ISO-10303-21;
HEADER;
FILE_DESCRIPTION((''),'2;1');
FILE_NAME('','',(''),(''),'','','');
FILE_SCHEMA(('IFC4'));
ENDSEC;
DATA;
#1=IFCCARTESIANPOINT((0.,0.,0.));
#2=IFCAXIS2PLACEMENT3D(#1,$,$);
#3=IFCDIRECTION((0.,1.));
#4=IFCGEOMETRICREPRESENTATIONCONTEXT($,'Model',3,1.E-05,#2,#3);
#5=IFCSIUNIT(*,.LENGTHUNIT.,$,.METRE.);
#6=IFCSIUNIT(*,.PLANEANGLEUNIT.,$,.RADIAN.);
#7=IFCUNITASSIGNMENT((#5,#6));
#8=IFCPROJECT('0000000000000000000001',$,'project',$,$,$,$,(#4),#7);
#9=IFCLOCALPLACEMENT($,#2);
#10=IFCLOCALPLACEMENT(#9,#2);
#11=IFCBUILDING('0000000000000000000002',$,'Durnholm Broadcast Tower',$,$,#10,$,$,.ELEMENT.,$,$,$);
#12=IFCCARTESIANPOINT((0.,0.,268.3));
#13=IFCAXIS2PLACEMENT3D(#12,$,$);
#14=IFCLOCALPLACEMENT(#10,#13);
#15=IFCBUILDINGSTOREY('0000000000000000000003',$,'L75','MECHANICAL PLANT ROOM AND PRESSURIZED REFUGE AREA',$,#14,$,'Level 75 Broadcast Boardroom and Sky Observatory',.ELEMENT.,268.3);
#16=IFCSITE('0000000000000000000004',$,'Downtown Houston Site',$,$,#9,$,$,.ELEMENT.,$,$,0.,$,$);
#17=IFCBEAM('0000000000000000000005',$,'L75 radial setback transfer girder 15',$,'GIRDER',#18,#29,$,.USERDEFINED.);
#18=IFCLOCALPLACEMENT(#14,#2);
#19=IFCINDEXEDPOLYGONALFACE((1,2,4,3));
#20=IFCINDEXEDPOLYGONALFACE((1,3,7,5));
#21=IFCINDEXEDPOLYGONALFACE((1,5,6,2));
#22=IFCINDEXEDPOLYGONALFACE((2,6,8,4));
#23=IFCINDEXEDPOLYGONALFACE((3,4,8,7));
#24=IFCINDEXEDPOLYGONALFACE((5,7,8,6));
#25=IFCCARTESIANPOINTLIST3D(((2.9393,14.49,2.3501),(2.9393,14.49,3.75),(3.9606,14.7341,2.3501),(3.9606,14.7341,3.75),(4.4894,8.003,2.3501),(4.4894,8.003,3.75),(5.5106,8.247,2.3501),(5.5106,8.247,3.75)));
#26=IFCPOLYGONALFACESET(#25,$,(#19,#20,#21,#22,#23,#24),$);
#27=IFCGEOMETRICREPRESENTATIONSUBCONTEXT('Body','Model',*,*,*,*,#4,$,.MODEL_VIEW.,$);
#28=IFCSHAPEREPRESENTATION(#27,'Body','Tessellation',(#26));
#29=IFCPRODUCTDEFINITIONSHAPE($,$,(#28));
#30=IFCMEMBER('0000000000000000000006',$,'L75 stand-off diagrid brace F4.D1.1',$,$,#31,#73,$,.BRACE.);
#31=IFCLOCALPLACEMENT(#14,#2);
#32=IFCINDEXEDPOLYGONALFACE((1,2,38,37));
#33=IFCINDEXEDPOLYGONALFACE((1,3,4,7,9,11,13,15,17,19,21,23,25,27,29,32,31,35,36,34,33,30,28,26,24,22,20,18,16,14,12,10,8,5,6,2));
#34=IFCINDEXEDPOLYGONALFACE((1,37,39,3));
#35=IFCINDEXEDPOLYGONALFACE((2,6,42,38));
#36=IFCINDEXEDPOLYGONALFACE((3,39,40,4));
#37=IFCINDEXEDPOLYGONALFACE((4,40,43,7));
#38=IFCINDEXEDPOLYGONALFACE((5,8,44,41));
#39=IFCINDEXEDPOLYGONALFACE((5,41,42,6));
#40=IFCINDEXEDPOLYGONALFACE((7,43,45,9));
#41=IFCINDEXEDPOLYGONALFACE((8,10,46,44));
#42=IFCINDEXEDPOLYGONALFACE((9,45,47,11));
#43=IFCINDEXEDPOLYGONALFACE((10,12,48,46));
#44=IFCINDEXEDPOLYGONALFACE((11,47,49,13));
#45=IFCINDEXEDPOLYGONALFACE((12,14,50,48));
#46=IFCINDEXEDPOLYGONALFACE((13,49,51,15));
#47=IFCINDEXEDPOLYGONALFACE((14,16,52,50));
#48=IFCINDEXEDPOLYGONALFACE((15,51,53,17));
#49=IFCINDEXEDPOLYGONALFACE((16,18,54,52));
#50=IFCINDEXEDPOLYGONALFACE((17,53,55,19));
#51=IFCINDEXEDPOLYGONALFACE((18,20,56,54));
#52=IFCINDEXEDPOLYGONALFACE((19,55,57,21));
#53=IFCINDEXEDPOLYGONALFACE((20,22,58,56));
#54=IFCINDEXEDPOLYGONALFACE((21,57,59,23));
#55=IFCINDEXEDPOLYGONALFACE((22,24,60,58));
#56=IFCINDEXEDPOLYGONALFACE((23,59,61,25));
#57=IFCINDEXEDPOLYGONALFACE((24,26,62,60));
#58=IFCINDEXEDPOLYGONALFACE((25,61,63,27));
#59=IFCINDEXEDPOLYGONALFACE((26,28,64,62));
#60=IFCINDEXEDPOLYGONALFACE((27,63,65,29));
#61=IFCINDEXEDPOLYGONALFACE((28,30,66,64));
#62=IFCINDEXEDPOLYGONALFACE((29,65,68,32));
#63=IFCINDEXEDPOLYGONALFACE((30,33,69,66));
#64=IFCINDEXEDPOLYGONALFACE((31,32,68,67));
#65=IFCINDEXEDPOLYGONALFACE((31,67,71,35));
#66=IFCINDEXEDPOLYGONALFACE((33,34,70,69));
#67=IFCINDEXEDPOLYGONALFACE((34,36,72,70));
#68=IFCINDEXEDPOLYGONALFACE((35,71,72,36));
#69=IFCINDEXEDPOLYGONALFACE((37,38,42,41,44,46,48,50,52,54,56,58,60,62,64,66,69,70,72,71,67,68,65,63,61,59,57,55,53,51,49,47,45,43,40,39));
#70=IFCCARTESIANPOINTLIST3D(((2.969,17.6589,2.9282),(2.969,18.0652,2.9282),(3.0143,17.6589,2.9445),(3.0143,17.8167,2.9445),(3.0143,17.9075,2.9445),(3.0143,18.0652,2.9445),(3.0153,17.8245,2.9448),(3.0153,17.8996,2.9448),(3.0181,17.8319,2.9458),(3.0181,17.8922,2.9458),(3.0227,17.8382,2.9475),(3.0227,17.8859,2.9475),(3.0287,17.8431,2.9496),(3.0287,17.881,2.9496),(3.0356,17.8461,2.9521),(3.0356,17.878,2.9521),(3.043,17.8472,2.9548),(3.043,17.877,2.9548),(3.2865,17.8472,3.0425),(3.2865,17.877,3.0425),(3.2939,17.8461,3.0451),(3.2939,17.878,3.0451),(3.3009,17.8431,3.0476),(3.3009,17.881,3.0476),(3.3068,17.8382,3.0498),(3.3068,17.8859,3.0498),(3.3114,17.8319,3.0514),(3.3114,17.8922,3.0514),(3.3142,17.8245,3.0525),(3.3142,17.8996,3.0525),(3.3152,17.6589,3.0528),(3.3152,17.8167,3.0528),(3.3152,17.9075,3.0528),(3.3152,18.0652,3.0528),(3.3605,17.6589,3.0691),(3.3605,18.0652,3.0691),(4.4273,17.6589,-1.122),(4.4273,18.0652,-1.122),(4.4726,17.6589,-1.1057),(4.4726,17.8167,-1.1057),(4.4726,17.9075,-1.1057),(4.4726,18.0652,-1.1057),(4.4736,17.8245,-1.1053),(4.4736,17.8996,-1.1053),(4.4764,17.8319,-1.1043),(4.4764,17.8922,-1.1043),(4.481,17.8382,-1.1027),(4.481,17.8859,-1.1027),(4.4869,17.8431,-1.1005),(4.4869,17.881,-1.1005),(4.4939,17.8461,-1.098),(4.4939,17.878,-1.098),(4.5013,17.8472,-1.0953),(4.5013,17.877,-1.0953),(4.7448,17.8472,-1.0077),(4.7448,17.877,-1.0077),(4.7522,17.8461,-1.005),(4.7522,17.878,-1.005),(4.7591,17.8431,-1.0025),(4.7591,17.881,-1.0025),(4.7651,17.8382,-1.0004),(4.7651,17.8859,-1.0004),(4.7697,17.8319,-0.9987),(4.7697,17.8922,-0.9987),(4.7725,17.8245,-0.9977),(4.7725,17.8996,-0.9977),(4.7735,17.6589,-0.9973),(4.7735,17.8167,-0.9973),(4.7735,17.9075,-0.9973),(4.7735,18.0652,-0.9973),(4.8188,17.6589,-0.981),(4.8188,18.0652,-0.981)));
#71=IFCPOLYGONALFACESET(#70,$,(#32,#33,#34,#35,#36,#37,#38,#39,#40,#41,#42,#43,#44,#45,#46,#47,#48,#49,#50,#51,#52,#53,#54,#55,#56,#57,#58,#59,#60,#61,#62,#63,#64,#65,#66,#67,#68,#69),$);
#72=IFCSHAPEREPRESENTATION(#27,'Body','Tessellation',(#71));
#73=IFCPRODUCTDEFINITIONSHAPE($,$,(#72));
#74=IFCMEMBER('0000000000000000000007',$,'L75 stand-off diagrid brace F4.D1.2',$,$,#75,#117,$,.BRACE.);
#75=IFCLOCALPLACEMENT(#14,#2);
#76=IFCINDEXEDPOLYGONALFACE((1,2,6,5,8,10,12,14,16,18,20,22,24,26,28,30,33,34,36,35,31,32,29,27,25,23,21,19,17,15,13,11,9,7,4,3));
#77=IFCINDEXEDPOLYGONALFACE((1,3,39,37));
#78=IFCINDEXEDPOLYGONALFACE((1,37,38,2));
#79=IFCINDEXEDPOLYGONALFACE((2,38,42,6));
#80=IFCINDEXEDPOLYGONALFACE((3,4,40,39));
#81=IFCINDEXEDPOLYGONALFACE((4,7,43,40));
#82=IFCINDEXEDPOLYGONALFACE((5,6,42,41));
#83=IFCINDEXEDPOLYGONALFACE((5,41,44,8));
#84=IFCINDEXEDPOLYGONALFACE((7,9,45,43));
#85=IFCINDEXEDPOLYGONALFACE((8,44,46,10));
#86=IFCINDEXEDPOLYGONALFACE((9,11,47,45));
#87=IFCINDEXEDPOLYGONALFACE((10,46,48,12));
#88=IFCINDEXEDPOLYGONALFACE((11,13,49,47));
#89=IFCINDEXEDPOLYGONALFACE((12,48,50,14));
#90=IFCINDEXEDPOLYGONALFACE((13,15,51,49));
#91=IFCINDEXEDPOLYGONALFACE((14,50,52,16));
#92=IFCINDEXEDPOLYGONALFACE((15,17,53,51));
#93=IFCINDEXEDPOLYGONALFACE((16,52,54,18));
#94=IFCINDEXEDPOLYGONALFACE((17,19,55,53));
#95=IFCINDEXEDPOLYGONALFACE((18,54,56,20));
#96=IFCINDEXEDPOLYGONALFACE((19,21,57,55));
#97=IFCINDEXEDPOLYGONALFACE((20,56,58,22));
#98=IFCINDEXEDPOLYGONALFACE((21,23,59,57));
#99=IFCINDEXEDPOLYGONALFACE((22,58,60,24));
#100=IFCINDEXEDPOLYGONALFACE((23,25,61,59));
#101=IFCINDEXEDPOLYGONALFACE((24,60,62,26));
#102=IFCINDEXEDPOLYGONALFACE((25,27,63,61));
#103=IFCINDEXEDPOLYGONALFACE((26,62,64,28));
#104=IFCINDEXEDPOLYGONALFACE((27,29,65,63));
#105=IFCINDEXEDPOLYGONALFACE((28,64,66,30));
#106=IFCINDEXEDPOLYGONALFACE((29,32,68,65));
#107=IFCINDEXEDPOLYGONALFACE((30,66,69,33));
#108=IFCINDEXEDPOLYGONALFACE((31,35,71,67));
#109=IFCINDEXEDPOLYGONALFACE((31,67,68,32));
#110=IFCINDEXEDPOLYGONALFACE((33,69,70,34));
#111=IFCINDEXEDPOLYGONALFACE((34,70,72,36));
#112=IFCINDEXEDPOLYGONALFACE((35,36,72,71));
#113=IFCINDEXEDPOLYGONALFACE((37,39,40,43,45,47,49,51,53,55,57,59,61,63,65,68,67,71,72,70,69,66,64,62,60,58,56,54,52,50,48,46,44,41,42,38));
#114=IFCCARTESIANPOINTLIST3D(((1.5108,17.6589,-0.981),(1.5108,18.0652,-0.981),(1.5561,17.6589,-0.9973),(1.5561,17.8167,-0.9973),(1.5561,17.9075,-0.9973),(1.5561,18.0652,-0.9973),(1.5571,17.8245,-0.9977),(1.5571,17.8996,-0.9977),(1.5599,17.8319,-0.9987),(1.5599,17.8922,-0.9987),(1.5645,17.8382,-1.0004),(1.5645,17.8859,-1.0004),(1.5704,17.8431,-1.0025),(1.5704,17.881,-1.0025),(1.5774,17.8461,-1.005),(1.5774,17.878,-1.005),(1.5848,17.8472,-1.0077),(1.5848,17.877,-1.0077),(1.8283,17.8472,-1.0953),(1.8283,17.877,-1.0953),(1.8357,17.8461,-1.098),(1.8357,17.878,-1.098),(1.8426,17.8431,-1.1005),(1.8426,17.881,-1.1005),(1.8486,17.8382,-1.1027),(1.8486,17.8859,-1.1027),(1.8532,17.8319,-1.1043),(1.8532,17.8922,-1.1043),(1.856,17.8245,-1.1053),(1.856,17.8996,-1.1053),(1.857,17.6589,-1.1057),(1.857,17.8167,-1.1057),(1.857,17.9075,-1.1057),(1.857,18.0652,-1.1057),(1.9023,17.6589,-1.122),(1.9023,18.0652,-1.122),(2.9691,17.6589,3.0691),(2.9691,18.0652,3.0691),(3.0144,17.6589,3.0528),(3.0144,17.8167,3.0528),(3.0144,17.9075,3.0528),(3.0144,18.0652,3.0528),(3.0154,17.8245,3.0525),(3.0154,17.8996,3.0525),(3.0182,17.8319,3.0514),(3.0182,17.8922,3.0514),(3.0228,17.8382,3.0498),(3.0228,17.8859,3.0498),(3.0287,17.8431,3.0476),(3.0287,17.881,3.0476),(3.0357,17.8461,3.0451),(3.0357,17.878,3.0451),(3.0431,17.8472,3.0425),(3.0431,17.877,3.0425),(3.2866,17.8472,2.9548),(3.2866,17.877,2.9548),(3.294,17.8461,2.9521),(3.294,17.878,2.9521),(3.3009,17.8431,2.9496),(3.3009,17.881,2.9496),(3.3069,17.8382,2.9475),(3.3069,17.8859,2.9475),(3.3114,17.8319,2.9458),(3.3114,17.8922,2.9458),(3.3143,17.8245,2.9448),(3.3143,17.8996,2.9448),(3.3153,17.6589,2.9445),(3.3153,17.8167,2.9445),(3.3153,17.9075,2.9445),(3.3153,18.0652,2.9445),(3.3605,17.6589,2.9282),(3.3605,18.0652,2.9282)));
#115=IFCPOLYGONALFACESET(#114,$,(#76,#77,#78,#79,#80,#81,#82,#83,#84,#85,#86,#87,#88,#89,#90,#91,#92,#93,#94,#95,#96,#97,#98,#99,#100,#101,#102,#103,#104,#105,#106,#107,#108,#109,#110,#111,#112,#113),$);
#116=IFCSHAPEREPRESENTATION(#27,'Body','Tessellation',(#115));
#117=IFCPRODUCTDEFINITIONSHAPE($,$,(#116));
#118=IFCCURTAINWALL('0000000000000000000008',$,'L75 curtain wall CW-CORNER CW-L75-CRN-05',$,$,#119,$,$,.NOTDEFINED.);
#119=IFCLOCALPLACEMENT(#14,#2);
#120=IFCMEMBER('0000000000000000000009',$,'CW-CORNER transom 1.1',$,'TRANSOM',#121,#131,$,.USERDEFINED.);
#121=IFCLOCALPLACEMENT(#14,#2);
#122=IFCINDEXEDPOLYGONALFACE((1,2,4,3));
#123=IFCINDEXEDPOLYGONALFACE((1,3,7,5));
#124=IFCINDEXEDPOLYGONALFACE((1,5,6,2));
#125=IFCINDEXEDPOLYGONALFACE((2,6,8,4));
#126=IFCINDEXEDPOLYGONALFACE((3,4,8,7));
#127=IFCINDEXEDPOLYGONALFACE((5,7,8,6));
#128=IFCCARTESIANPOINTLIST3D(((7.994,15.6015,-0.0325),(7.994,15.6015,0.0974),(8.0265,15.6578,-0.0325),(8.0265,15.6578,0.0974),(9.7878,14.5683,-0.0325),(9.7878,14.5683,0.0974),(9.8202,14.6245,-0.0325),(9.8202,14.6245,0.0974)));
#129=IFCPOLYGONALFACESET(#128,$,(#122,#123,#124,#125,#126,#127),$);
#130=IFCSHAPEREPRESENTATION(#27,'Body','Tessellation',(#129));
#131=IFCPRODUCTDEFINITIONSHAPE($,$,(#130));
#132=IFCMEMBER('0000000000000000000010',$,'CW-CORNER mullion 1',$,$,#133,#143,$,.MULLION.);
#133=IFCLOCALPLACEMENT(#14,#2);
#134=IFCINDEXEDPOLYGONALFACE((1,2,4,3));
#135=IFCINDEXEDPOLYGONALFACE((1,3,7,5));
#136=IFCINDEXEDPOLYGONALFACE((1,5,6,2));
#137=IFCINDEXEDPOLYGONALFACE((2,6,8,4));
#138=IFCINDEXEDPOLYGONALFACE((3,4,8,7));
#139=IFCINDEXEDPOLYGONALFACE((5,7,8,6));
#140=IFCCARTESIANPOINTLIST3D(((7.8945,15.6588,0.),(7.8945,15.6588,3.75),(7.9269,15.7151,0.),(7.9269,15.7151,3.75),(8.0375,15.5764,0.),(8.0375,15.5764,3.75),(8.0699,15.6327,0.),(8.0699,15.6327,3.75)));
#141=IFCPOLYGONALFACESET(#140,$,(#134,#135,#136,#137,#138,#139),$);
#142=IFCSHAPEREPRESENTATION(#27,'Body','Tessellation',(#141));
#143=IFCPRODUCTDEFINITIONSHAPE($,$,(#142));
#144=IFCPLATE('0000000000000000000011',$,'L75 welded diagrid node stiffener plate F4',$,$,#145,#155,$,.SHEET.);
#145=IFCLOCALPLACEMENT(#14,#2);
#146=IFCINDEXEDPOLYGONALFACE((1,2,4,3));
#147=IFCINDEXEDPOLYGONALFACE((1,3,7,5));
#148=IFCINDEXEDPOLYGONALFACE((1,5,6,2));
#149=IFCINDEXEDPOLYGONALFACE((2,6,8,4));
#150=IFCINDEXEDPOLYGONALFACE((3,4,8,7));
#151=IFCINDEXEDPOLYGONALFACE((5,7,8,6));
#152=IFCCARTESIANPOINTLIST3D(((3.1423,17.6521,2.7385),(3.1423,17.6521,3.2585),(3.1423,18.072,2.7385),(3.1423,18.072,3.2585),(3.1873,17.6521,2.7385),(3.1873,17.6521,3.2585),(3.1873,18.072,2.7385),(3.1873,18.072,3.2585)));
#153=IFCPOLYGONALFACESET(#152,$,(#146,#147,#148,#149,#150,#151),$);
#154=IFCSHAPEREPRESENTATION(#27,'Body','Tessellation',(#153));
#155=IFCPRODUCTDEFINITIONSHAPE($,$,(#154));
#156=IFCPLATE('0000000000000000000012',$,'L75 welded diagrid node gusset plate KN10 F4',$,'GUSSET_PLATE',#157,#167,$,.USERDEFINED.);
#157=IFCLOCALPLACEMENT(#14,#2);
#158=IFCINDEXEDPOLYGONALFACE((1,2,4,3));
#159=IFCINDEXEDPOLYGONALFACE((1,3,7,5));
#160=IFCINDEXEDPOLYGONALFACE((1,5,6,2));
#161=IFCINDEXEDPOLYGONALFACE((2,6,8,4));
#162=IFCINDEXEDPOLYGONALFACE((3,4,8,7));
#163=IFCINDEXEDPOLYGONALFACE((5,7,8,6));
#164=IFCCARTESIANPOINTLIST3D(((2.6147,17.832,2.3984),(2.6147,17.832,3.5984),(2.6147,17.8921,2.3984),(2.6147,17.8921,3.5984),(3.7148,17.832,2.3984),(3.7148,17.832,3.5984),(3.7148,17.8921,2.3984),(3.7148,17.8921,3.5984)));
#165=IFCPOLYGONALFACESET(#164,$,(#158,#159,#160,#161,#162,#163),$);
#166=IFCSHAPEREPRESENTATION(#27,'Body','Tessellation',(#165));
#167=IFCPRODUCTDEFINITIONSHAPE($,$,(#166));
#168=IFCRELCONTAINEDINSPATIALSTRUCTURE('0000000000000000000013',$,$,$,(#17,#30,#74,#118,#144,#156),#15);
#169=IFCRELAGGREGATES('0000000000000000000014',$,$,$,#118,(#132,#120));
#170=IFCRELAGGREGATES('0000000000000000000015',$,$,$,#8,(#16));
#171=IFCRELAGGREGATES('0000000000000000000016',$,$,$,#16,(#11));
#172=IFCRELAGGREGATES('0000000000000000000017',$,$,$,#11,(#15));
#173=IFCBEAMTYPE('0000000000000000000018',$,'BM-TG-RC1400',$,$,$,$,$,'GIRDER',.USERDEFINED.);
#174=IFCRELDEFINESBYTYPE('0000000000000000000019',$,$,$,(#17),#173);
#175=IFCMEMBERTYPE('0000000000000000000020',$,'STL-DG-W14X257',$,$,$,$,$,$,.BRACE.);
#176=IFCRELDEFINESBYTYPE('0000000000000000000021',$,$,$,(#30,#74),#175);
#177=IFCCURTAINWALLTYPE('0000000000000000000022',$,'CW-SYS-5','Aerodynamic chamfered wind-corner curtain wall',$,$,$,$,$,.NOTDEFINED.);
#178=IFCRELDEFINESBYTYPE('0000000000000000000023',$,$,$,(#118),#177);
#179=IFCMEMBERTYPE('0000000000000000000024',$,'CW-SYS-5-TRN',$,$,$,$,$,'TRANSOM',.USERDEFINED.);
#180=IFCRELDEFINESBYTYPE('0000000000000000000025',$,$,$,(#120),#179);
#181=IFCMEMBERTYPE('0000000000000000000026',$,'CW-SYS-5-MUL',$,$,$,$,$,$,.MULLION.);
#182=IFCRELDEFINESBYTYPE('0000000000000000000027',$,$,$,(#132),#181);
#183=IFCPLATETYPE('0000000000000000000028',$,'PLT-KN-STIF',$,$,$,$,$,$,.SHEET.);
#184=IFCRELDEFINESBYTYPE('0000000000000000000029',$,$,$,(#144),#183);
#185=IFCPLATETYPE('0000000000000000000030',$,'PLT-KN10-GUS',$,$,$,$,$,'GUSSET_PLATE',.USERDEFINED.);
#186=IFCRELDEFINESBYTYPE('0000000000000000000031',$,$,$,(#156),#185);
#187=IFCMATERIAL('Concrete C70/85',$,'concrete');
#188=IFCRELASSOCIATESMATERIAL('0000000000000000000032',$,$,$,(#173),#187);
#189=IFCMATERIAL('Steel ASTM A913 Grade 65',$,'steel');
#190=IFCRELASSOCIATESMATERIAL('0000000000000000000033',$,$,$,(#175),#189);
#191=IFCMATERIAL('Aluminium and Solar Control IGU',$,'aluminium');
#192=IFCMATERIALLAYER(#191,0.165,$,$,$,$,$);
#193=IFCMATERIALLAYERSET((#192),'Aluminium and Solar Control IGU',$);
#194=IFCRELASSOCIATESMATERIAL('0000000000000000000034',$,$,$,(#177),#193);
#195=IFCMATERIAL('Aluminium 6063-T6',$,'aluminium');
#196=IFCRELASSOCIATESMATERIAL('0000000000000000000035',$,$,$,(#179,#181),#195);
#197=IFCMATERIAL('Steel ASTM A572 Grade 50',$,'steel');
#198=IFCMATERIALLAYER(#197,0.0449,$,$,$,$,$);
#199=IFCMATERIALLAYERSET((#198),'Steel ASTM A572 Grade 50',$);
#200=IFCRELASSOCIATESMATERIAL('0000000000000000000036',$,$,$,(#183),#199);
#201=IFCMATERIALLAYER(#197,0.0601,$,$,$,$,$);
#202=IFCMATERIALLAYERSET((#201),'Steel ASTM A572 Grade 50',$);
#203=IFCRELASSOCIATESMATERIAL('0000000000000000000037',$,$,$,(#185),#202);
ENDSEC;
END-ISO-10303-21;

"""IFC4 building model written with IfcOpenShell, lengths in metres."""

from ifc_helpers import new_model, si_unit, direction, frame, origin, origin_2d, place, context, subcontext, project, spatial, rectangle, i_section, extrude, source, transform, mapped, material, layer, layer_set, material_profile, profile_set, type_object, type_shapes, element, aggregate, save


model = new_model("IFC4")

# Units and contexts
model_context = context("Model", 3, precision=1e-05, world=origin(), true_north=direction((0.0, 1.0)))
body_context = subcontext(model_context, "Body", "Model", "MODEL_VIEW")
ifc_project = project(units=[si_unit("LENGTHUNIT", "METRE"), si_unit("PLANEANGLEUNIT", "RADIAN")], contexts=[model_context])

# Site, building, storey
site_placement = place(None, origin())
site = spatial("IfcSite", under=ifc_project, at=site_placement, Name="Downtown Houston Site", CompositionType="ELEMENT", RefElevation=0.0)
building_placement = place(site_placement, origin())
building = spatial("IfcBuilding", under=site, at=building_placement, Name="Durnholm Broadcast Tower", CompositionType="ELEMENT")
storey_placement = place(building_placement, frame((0.0, 0.0, 268.3)))
storey = spatial("IfcBuildingStorey", under=building, at=storey_placement, Name="L75", Description="MECHANICAL PLANT ROOM AND PRESSURIZED REFUGE AREA", LongName="Level 75 Broadcast Boardroom and Sky Observatory", CompositionType="ELEMENT", Elevation=268.3)

# Shared definitions
ifc_material_1 = material(Name="Concrete C70/85", Category="concrete")

# Beam
ifc_material_profile_1 = material_profile(ifc_material_1, rectangle(XDim=1.05, YDim=1.3999, at=origin_2d()), Name="RC1050X1400")
ifc_profile_set_1 = profile_set([ifc_material_profile_1], Name="Concrete C70/85")
beam_type_1 = type_object("IfcBeamType", Name="BM-TG-RC1400", ElementType="GIRDER", PredefinedType="USERDEFINED", material=ifc_profile_set_1)
shared_shape_1 = source(origin(), body_context, "Body", "SweptSolid", [
    extrude(rectangle(XDim=1.05, YDim=1.3999, at=origin_2d()), origin(), (0.0, 0.0, 1.0), 6.6697),
])
beam_1_placement = place(storey_placement, frame((5.0, 8.125, 3.05), z_axis=(-0.232402, 0.97262, 0.0), x_axis=(-0.97262, -0.232402, 0.0)))
element("IfcBeam", 1, at=beam_1_placement, inside=storey, type_object=beam_type_1, Name="L75 radial setback transfer girder 15", ObjectType="GIRDER", PredefinedType="USERDEFINED", context=body_context, shape_type="MappedRepresentation", body=[
    mapped(shared_shape_1, transform((0.0, 0.0, 0.0), x_axis=(1.0, 0.0, 0.0), y_axis=(0.0, 1.0, 0.0), z_axis=(0.0, 0.0, 1.0), scale=1.0)),
])

# Members
ifc_material_2 = material(Name="Steel ASTM A913 Grade 65", Category="steel")
ifc_material_profile_2 = material_profile(ifc_material_2, i_section(OverallWidth=0.4062, OverallDepth=0.416, WebThickness=0.0298, FlangeThickness=0.0481, FilletRadius=0.0305, at=origin_2d()), Name="W14X257")
ifc_profile_set_2 = profile_set([ifc_material_profile_2], Name="Steel ASTM A913 Grade 65")
member_type_1 = type_object("IfcMemberType", Name="STL-DG-W14X257", PredefinedType="BRACE", material=ifc_profile_set_2)
shared_shape_2 = source(origin(), body_context, "Body", "SweptSolid", [
    extrude(i_section(OverallWidth=0.4062, OverallDepth=0.416, WebThickness=0.0298, FlangeThickness=0.0481, FilletRadius=0.0305, at=origin_2d()), origin(), (0.0, 0.0, 1.0), 4.3047),
])
type_shapes(member_type_1, [shared_shape_2])
for number, where, z_axis, x_axis, name in (
    (2, (4.623, 17.8621, -1.0515), (-0.338768, 0.0, 0.94087), (0.0, -1.0, 0.0), "L75 stand-off diagrid brace F4.D1.1"),
    (3, (1.7065, 17.8621, -1.0515), (0.338768, 0.0, 0.94087), (0.0, 1.0, 0.0), "L75 stand-off diagrid brace F4.D1.2"),
):
    element("IfcMember", number, at=place(storey_placement, frame(where, z_axis=z_axis, x_axis=x_axis)), inside=storey, type_object=member_type_1, Name=name, PredefinedType="BRACE", context=body_context, shape_type="MappedRepresentation", body=[
        mapped(shared_shape_2, transform((0.0, 0.0, 0.0), x_axis=(1.0, 0.0, 0.0), y_axis=(0.0, 1.0, 0.0), z_axis=(0.0, 0.0, 1.0), scale=1.0)),
    ])

# Curtain wall, members
ifc_material_3 = material(Name="Aluminium and Solar Control IGU", Category="aluminium")
ifc_layer_1 = layer(ifc_material_3, 0.165)
ifc_layer_set_1 = layer_set([ifc_layer_1], Name="Aluminium and Solar Control IGU")
curtain_wall_type = type_object("IfcCurtainWallType", Name="CW-SYS-5", Description="Aerodynamic chamfered wind-corner curtain wall", PredefinedType="NOTDEFINED", material=ifc_layer_set_1)
curtain_wall_placement = place(storey_placement, origin())
curtain_wall = element("IfcCurtainWall", 4, at=curtain_wall_placement, inside=storey, type_object=curtain_wall_type, Name="L75 curtain wall CW-CORNER CW-L75-CRN-05", PredefinedType="NOTDEFINED")
ifc_material_4 = material(Name="Aluminium 6063-T6", Category="aluminium")
ifc_material_profile_3 = material_profile(ifc_material_4, rectangle(XDim=0.0649, YDim=0.1299, at=origin_2d()), Name="CWT65X130")
ifc_profile_set_3 = profile_set([ifc_material_profile_3], Name="Aluminium 6063-T6")
member_type_2 = type_object("IfcMemberType", Name="CW-SYS-5-TRN", ElementType="TRANSOM", PredefinedType="USERDEFINED", material=ifc_profile_set_3)
shared_shape_3 = source(origin(), body_context, "Body", "SweptSolid", [
    extrude(rectangle(XDim=0.0649, YDim=0.1299, at=origin_2d()), origin(), (0.0, 0.0, 1.0), 2.0701),
])
type_shapes(member_type_2, [shared_shape_3])
member_1_placement = place(storey_placement, frame((8.0103, 15.6296, 0.0325), z_axis=(0.866525, -0.499134, 0.0), x_axis=(0.499134, 0.866525, 0.0)))
member_1 = element("IfcMember", 5, at=member_1_placement, type_object=member_type_2, Name="CW-CORNER transom 1.1", ObjectType="TRANSOM", PredefinedType="USERDEFINED", context=body_context, shape_type="MappedRepresentation", body=[
    mapped(shared_shape_3, transform((0.0, 0.0, 0.0), x_axis=(1.0, 0.0, 0.0), y_axis=(0.0, 1.0, 0.0), z_axis=(0.0, 0.0, 1.0), scale=1.0)),
])
ifc_material_profile_4 = material_profile(ifc_material_4, rectangle(XDim=0.0649, YDim=0.165, at=origin_2d()), Name="CWM65X165")
ifc_profile_set_4 = profile_set([ifc_material_profile_4], Name="Aluminium 6063-T6")
member_type_3 = type_object("IfcMemberType", Name="CW-SYS-5-MUL", PredefinedType="MULLION", material=ifc_profile_set_4)
shared_shape_4 = source(origin(), body_context, "Body", "SweptSolid", [
    extrude(rectangle(XDim=0.0649, YDim=0.165, at=origin_2d()), origin(), (0.0, 0.0, 1.0), 3.75),
])
type_shapes(member_type_3, [shared_shape_4])
member_2_placement = place(storey_placement, frame((7.9822, 15.6458, 0.0), z_axis=(0.0, 0.0, 1.0), x_axis=(0.499059, 0.866568, 0.0)))
member_2 = element("IfcMember", 6, at=member_2_placement, type_object=member_type_3, Name="CW-CORNER mullion 1", PredefinedType="MULLION", context=body_context, shape_type="MappedRepresentation", body=[
    mapped(shared_shape_4, transform((0.0, 0.0, 0.0), x_axis=(1.0, 0.0, 0.0), y_axis=(0.0, 1.0, 0.0), z_axis=(0.0, 0.0, 1.0), scale=1.0)),
])
aggregate(curtain_wall, [member_2, member_1])

# Plates
ifc_material_5 = material(Name="Steel ASTM A572 Grade 50", Category="steel")
ifc_layer_2 = layer(ifc_material_5, 0.0449)
ifc_layer_set_2 = layer_set([ifc_layer_2], Name="Steel ASTM A572 Grade 50")
plate_type_1 = type_object("IfcPlateType", Name="PLT-KN-STIF", PredefinedType="SHEET", material=ifc_layer_set_2)
shared_shape_5 = source(origin(), body_context, "Body", "SweptSolid", [
    extrude(rectangle(XDim=0.0449, YDim=0.4199, at=origin_2d()), origin(), (0.0, 0.0, 1.0), 0.52),
])
type_shapes(plate_type_1, [shared_shape_5])
plate_1_placement = place(storey_placement, frame((3.1648, 17.8621, 2.7385), z_axis=(0.0, 0.0, 1.0), x_axis=(-1.0, 0.0, 0.0)))
element("IfcPlate", 7, at=plate_1_placement, inside=storey, type_object=plate_type_1, Name="L75 welded diagrid node stiffener plate F4", PredefinedType="SHEET", context=body_context, shape_type="MappedRepresentation", body=[
    mapped(shared_shape_5, transform((0.0, 0.0, 0.0), x_axis=(1.0, 0.0, 0.0), y_axis=(0.0, 1.0, 0.0), z_axis=(0.0, 0.0, 1.0), scale=1.0)),
])
ifc_layer_3 = layer(ifc_material_5, 0.0601)
ifc_layer_set_3 = layer_set([ifc_layer_3], Name="Steel ASTM A572 Grade 50")
plate_type_2 = type_object("IfcPlateType", Name="PLT-KN10-GUS", ElementType="GUSSET_PLATE", PredefinedType="USERDEFINED", material=ifc_layer_set_3)
shared_shape_6 = source(origin(), body_context, "Body", "SweptSolid", [
    extrude(rectangle(XDim=1.1001, YDim=0.0601, at=origin_2d()), origin(), (0.0, 0.0, 1.0), 1.2),
])
type_shapes(plate_type_2, [shared_shape_6])
plate_2_placement = place(storey_placement, frame((3.1648, 17.8621, 2.3984), z_axis=(0.0, 0.0, 1.0), x_axis=(-1.0, 0.0, 0.0)))
element("IfcPlate", 8, at=plate_2_placement, inside=storey, type_object=plate_type_2, Name="L75 welded diagrid node gusset plate KN10 F4", ObjectType="GUSSET_PLATE", PredefinedType="USERDEFINED", context=body_context, shape_type="MappedRepresentation", body=[
    mapped(shared_shape_6, transform((0.0, 0.0, 0.0), x_axis=(1.0, 0.0, 0.0), y_axis=(0.0, 1.0, 0.0), z_axis=(0.0, 0.0, 1.0), scale=1.0)),
])

save(model, "model.ifc")
